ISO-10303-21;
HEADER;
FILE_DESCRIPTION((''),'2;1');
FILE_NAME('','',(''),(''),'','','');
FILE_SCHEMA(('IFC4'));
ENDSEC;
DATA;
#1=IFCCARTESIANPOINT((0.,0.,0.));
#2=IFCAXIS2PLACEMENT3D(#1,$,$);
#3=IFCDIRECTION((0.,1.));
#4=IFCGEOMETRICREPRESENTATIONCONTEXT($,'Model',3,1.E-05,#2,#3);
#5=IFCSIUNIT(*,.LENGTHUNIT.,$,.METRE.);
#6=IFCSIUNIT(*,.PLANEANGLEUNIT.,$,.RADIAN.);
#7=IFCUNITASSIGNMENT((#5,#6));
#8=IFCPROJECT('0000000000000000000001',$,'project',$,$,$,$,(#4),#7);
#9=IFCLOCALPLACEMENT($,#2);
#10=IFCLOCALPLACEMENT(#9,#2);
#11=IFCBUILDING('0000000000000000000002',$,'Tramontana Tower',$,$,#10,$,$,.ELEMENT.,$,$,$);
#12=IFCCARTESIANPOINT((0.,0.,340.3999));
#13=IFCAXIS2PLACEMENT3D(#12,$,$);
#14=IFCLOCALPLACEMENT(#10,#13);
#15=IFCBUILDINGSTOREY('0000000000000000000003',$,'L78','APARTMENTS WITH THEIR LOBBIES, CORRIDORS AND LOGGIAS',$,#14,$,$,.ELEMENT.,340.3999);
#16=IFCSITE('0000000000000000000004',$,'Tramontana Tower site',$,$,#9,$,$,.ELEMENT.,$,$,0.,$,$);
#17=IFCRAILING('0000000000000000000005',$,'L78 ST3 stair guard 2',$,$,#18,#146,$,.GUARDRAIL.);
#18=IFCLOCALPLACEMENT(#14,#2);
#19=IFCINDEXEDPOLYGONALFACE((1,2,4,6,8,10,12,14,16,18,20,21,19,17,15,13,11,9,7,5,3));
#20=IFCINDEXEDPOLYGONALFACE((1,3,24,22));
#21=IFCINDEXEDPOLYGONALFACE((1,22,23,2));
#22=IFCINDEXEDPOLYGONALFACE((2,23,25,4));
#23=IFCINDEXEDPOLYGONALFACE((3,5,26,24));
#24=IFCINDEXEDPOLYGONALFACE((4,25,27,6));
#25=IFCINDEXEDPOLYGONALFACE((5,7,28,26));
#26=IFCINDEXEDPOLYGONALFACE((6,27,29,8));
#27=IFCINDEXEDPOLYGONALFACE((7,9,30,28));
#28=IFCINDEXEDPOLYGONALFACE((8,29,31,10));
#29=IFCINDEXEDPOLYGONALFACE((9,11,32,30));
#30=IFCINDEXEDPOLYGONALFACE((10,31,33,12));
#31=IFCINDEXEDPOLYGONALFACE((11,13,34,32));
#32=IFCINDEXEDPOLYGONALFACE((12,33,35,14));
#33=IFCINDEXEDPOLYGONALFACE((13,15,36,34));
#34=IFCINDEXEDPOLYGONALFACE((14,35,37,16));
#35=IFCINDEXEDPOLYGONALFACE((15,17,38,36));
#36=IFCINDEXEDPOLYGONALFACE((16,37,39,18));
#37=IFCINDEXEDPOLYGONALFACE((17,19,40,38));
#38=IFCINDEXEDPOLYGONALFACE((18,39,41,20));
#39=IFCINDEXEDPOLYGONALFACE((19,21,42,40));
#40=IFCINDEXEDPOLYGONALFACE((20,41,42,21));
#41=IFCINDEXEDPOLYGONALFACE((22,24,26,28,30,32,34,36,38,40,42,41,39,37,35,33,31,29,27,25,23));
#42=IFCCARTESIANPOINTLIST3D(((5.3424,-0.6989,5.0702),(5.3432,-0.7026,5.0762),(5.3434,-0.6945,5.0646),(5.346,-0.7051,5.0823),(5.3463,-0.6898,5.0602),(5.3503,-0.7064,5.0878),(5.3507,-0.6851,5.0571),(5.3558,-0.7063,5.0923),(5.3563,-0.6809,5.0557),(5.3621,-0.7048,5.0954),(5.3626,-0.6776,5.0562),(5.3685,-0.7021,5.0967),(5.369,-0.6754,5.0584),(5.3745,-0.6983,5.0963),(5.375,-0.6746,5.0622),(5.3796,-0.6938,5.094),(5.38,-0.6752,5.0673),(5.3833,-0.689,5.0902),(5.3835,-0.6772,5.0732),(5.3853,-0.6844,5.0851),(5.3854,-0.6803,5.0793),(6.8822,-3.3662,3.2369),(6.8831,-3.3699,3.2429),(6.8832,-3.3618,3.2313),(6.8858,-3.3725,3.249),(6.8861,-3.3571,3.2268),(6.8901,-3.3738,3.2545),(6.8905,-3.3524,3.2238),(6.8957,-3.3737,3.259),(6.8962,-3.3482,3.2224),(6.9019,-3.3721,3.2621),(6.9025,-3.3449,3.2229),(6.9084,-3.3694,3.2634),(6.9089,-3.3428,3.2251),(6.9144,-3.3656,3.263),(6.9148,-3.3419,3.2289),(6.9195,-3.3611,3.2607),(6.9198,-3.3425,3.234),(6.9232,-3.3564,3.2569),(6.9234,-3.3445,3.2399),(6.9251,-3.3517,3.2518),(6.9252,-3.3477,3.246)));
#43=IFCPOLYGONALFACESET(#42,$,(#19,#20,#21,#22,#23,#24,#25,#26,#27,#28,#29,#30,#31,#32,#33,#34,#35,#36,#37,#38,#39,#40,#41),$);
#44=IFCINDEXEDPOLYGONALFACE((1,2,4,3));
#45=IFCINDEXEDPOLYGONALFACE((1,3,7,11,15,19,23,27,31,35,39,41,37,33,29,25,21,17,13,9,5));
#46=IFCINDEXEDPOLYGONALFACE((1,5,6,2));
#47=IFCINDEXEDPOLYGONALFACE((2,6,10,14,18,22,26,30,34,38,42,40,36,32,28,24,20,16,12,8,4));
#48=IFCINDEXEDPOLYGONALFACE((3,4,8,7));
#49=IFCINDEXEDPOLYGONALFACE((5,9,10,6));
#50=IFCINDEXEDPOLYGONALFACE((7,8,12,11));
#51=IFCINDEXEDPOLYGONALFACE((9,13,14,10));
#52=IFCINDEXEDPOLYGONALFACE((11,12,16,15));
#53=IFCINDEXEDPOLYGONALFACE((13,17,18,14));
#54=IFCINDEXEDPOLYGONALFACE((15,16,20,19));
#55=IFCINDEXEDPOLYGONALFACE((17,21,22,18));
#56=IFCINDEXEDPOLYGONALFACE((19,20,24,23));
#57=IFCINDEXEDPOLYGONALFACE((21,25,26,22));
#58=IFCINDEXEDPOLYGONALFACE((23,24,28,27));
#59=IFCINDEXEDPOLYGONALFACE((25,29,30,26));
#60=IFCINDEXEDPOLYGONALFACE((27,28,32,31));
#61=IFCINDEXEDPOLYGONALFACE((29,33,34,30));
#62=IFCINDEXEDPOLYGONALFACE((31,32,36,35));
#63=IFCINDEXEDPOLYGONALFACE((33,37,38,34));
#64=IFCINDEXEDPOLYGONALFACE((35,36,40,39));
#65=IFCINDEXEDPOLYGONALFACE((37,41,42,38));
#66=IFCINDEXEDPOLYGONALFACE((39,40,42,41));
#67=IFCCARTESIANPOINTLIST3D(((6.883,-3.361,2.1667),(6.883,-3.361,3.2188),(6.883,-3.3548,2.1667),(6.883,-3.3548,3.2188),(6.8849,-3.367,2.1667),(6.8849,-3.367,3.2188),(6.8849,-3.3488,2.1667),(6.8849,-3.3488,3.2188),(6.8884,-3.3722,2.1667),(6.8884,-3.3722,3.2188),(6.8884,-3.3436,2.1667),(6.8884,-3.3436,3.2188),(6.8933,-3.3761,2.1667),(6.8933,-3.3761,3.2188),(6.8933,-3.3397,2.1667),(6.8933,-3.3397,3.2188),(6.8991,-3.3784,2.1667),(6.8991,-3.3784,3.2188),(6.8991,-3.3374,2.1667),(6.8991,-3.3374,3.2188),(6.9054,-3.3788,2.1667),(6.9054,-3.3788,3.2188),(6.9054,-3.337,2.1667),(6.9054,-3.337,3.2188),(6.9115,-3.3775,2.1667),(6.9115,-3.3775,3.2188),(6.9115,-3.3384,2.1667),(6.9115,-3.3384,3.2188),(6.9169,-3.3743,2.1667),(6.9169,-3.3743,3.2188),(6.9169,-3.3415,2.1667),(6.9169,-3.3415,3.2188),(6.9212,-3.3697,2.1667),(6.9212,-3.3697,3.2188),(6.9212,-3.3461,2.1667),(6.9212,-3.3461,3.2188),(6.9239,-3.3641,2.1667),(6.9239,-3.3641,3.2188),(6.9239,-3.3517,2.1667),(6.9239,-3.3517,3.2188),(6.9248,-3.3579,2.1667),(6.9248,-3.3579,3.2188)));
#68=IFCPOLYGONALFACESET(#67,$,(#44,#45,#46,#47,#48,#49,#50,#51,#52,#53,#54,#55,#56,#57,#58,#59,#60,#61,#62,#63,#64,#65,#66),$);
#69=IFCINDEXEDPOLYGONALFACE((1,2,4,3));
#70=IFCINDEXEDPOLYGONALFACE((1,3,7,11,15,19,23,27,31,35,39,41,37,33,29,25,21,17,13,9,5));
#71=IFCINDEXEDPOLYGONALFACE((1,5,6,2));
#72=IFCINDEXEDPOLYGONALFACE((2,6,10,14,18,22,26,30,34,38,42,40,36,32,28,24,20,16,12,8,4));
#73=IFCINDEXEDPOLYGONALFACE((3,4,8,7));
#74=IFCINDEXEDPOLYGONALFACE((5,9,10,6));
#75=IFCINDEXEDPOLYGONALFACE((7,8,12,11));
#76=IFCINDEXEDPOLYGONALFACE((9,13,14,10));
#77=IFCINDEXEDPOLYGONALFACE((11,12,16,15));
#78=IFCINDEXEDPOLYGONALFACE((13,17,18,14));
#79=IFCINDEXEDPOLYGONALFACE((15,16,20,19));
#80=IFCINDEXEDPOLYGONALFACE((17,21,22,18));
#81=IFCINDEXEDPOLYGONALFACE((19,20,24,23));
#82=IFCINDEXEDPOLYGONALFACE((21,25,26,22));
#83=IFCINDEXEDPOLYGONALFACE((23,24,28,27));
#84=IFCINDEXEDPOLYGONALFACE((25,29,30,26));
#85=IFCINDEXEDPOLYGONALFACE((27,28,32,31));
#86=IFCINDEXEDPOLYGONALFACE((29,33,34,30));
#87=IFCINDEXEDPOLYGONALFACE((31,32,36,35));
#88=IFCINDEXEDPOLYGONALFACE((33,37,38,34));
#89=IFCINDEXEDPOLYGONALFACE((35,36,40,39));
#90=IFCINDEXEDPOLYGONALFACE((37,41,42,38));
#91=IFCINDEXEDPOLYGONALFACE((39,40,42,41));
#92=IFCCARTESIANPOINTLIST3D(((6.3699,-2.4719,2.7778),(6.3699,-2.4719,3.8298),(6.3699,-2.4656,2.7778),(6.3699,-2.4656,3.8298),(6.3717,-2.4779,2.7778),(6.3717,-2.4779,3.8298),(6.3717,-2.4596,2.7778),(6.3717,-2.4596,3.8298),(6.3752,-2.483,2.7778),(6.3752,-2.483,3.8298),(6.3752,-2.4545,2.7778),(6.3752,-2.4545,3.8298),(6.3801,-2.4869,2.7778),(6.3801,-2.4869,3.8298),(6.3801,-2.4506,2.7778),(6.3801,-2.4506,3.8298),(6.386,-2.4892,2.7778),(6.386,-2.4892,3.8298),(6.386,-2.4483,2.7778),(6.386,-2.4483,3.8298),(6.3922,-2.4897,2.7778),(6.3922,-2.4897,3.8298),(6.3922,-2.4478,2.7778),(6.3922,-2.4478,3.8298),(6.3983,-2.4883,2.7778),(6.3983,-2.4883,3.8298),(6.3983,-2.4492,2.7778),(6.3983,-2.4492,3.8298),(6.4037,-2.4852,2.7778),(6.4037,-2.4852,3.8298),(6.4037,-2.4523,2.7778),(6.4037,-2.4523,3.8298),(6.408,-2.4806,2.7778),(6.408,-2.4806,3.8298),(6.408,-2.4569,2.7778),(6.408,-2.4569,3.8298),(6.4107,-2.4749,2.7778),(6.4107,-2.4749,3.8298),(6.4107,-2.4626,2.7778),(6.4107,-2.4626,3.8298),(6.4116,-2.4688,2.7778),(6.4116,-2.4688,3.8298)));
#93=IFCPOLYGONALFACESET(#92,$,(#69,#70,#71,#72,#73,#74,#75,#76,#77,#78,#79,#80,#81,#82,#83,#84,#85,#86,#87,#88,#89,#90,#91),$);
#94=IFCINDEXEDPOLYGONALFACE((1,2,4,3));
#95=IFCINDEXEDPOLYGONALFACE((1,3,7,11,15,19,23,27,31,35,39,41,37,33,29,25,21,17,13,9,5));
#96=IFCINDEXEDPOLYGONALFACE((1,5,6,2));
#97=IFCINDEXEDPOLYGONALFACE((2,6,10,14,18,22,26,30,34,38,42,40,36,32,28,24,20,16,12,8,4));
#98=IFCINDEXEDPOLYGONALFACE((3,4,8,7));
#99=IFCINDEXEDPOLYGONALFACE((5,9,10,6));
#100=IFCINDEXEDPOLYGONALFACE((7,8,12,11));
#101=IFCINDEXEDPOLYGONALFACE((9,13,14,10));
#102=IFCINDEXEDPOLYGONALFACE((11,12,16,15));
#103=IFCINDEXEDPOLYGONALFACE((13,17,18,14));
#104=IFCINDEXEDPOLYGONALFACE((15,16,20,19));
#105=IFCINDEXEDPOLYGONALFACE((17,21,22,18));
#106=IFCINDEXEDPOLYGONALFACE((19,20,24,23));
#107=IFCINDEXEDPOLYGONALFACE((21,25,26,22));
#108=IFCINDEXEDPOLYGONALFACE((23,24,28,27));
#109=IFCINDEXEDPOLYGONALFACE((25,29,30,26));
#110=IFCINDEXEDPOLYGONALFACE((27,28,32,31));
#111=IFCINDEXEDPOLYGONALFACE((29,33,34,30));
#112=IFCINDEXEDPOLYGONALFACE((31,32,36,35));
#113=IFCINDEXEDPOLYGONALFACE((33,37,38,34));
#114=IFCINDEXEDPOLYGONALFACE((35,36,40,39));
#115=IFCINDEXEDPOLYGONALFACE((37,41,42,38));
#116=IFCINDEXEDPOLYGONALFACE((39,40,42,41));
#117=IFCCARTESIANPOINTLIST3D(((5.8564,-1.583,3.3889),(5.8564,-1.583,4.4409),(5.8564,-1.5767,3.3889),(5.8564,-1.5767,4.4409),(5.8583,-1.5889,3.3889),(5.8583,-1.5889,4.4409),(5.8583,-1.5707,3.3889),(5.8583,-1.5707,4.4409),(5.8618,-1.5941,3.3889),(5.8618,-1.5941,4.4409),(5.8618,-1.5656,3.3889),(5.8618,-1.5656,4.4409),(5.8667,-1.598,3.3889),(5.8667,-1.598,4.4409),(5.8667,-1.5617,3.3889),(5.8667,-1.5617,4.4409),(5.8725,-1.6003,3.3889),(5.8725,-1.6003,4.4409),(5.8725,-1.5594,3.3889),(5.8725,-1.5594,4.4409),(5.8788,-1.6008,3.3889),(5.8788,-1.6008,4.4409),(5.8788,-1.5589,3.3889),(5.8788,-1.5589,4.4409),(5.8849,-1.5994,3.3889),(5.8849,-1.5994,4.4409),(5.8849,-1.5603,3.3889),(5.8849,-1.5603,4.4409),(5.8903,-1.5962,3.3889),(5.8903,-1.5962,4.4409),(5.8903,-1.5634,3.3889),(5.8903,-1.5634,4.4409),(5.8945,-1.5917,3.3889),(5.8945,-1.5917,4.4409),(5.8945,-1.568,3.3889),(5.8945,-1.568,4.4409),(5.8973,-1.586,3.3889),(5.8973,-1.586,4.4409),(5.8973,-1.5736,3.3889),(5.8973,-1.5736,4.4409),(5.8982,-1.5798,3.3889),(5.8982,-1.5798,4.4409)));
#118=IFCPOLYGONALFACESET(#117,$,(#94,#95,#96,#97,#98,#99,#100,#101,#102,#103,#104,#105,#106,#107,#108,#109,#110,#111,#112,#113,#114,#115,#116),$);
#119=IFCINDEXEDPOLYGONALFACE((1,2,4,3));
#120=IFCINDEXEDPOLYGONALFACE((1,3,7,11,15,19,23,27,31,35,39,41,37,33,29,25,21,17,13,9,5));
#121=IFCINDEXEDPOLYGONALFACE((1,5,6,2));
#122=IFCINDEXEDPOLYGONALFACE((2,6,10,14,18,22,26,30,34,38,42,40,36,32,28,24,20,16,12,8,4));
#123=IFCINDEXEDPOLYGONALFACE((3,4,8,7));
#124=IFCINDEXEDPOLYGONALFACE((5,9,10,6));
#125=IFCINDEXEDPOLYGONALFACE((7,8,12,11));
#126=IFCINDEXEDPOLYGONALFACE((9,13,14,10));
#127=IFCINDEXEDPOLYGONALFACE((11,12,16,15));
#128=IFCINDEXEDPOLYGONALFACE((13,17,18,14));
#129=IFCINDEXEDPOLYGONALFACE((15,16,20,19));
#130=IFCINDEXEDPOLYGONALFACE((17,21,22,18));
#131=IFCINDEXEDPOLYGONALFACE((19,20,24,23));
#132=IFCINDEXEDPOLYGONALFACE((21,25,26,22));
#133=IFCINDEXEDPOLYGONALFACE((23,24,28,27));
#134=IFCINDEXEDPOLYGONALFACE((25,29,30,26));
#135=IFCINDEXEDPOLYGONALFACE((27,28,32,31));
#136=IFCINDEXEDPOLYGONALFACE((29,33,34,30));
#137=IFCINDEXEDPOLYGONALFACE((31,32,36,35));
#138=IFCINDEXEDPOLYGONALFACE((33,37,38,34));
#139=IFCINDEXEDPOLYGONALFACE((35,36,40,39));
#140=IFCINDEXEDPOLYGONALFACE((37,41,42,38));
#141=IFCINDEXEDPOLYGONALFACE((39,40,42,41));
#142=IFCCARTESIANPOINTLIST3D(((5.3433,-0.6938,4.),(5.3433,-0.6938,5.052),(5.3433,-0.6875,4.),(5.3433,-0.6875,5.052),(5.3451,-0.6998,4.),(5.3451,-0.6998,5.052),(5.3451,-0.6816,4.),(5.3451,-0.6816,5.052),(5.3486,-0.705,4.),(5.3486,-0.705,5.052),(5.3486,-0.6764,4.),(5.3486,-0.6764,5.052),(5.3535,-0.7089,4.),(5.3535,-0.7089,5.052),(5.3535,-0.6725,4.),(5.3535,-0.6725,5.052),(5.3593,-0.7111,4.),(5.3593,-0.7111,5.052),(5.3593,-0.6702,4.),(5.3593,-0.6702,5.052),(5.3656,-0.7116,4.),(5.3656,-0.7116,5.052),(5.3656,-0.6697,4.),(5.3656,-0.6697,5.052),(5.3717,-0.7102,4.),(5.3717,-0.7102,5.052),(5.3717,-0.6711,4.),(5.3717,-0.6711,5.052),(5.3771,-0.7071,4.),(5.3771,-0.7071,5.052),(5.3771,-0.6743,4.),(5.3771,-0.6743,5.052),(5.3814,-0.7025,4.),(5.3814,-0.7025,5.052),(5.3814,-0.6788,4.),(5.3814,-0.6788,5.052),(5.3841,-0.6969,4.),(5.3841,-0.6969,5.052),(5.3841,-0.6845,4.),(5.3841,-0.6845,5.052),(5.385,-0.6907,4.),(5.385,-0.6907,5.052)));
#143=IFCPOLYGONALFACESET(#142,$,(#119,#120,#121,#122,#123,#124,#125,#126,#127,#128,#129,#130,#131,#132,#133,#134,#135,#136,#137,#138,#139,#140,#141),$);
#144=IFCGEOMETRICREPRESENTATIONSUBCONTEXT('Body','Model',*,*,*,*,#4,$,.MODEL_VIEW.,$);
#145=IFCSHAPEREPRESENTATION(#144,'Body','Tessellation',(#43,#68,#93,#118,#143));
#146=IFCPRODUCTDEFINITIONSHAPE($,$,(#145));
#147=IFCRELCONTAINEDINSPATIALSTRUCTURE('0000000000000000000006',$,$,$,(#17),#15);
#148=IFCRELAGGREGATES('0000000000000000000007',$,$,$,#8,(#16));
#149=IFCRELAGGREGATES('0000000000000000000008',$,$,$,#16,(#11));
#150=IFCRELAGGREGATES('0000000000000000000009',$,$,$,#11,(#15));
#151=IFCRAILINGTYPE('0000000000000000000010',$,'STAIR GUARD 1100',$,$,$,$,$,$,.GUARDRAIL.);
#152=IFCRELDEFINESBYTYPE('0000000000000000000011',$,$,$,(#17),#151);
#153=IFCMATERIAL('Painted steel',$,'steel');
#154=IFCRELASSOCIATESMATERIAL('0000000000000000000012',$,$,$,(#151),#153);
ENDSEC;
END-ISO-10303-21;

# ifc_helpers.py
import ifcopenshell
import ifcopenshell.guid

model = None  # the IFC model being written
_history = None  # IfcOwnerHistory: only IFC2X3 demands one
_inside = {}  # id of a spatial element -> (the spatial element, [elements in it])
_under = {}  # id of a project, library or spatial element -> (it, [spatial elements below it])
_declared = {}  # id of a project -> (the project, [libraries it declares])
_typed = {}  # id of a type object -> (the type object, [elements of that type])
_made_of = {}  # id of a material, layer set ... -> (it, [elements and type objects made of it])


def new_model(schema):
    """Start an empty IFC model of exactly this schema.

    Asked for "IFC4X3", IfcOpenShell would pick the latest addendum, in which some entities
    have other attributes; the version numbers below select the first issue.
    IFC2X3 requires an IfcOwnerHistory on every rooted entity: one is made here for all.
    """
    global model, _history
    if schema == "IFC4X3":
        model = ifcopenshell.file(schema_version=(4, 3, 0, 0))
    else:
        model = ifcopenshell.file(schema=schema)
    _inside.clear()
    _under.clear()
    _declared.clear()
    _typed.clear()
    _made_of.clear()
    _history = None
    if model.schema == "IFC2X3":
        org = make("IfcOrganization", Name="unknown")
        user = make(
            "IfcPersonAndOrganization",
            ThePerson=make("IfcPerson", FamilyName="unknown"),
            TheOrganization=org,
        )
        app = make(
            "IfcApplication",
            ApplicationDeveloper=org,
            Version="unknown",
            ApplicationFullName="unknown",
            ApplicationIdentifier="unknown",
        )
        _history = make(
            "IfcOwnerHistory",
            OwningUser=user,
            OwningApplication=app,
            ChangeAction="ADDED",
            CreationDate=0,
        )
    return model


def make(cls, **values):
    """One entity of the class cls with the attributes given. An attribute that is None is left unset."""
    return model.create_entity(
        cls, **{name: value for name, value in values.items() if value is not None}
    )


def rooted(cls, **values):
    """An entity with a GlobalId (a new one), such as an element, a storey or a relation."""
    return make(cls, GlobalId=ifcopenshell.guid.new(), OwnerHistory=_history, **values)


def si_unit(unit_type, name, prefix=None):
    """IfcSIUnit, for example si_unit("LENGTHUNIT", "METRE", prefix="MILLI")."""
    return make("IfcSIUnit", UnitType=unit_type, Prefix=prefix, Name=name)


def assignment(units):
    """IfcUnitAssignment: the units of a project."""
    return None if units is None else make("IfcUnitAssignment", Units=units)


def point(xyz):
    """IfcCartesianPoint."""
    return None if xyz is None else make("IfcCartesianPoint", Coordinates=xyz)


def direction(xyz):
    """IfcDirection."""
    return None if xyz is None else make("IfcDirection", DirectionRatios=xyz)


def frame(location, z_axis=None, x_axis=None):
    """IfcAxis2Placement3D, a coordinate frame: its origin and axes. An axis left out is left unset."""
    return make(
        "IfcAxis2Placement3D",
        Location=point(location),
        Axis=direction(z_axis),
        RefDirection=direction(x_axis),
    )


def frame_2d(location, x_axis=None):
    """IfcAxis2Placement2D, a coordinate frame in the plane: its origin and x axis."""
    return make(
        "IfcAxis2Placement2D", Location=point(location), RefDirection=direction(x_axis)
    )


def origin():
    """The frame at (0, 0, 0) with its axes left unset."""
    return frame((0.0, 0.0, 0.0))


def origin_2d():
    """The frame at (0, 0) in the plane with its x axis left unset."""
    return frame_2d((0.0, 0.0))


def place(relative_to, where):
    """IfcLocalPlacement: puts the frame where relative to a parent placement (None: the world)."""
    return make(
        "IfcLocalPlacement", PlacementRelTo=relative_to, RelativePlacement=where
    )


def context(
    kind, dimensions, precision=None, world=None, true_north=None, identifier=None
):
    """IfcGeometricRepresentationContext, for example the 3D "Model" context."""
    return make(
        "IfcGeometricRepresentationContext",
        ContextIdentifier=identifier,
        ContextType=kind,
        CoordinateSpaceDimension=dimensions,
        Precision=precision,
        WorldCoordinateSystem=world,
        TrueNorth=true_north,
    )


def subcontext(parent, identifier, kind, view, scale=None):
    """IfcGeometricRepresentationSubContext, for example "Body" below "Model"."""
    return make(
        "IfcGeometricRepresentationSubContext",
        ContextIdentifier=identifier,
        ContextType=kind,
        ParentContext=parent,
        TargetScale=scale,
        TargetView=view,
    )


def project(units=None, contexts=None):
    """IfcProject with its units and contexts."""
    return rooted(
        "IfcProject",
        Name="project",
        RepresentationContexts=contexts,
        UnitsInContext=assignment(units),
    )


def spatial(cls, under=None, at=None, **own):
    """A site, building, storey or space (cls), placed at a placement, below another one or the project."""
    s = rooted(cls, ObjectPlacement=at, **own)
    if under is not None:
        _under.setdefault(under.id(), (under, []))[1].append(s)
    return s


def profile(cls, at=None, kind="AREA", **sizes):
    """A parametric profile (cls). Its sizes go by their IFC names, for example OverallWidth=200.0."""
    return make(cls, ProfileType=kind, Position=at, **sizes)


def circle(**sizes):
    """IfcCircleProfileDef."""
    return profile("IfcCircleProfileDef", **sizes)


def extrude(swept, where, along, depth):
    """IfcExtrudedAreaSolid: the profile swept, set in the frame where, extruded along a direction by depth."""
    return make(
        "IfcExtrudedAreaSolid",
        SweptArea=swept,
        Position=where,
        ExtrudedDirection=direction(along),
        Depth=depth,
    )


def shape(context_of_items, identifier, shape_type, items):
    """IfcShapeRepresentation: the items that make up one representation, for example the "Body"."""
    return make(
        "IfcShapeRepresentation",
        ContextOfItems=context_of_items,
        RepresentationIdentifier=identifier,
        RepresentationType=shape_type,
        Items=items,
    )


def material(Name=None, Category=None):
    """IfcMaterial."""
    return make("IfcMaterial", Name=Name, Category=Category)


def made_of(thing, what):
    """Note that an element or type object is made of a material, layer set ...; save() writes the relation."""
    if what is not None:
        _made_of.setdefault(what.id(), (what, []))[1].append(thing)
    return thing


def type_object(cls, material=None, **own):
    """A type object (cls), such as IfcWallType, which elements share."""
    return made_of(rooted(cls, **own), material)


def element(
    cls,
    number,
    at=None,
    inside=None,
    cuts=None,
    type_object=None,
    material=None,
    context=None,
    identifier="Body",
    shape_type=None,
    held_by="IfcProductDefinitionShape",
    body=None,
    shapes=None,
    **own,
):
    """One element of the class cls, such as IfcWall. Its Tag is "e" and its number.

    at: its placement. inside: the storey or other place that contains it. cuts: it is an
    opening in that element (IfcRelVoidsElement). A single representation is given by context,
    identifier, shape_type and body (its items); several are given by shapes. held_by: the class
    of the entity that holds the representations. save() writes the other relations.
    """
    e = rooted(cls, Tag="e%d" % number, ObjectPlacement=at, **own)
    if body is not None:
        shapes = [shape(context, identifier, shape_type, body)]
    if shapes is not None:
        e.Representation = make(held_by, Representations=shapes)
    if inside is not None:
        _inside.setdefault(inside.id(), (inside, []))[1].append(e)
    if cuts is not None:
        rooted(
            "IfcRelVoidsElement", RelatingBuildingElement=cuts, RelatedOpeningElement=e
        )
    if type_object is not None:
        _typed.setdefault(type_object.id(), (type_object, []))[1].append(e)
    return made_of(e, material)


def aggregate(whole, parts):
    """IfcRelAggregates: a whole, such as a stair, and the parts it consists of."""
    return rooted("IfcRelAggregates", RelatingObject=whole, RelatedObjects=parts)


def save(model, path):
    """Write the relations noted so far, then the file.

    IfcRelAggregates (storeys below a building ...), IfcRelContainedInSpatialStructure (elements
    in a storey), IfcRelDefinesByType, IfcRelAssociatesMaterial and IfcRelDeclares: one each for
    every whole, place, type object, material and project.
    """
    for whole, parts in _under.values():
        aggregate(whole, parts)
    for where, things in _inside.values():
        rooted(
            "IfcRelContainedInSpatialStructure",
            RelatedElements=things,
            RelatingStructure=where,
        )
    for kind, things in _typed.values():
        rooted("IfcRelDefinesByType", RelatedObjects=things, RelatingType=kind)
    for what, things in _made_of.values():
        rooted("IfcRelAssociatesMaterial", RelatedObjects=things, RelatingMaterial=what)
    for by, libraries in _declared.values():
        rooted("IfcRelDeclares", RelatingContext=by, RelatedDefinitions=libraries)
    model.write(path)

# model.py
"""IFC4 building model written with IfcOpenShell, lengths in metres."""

from ifc_helpers import new_model, si_unit, direction, frame, origin, origin_2d, place, context, subcontext, project, spatial, circle, extrude, material, type_object, element, save


model = new_model("IFC4")

# Units and contexts
model_context = context("Model", 3, precision=1e-05, world=origin(), true_north=direction((0.0, 1.0)))
body_context = subcontext(model_context, "Body", "Model", "MODEL_VIEW")
ifc_project = project(units=[si_unit("LENGTHUNIT", "METRE"), si_unit("PLANEANGLEUNIT", "RADIAN")], contexts=[model_context])

# Site, building, storey
site_placement = place(None, origin())
site = spatial("IfcSite", under=ifc_project, at=site_placement, Name="Tramontana Tower site", CompositionType="ELEMENT", RefElevation=0.0)
building_placement = place(site_placement, origin())
building = spatial("IfcBuilding", under=site, at=building_placement, Name="Tramontana Tower", CompositionType="ELEMENT")
storey_placement = place(building_placement, frame((0.0, 0.0, 340.3999)))
storey = spatial("IfcBuildingStorey", under=building, at=storey_placement, Name="L78", Description="APARTMENTS WITH THEIR LOBBIES, CORRIDORS AND LOGGIAS", CompositionType="ELEMENT", Elevation=340.3999)

# Railing
ifc_material_1 = material(Name="Painted steel", Category="steel")
railing_type_1 = type_object("IfcRailingType", Name="STAIR GUARD 1100", PredefinedType="GUARDRAIL", material=ifc_material_1)
railing_1_placement = place(storey_placement, frame((6.9038, -3.3579, 2.1667)))
element("IfcRailing", 1, at=railing_1_placement, inside=storey, type_object=railing_type_1, Name="L78 ST3 stair guard 2", PredefinedType="GUARDRAIL", context=body_context, shape_type="SweptSolid", body=[
    extrude(circle(Radius=0.0239, at=origin_2d()), frame((0.0, 0.0, 1.0762), z_axis=(-0.429616, 0.744181, 0.511493), x_axis=(-0.866044, -0.499967, 0.0)), (0.0, 0.0, 1.0), 3.5842),
    extrude(circle(Radius=0.021, at=origin_2d()), origin(), (0.0, 0.0, 1.0), 1.052),
    extrude(circle(Radius=0.021, at=origin_2d()), frame((-0.5132, 0.8892, 0.6111)), (0.0, 0.0, 1.0), 1.052),
    extrude(circle(Radius=0.021, at=origin_2d()), frame((-1.0266, 1.7781, 1.2222)), (0.0, 0.0, 1.0), 1.052),
    extrude(circle(Radius=0.021, at=origin_2d()), frame((-1.5398, 2.6672, 1.8333)), (0.0, 0.0, 1.0), 1.052),
])

save(model, "model.ifc")
